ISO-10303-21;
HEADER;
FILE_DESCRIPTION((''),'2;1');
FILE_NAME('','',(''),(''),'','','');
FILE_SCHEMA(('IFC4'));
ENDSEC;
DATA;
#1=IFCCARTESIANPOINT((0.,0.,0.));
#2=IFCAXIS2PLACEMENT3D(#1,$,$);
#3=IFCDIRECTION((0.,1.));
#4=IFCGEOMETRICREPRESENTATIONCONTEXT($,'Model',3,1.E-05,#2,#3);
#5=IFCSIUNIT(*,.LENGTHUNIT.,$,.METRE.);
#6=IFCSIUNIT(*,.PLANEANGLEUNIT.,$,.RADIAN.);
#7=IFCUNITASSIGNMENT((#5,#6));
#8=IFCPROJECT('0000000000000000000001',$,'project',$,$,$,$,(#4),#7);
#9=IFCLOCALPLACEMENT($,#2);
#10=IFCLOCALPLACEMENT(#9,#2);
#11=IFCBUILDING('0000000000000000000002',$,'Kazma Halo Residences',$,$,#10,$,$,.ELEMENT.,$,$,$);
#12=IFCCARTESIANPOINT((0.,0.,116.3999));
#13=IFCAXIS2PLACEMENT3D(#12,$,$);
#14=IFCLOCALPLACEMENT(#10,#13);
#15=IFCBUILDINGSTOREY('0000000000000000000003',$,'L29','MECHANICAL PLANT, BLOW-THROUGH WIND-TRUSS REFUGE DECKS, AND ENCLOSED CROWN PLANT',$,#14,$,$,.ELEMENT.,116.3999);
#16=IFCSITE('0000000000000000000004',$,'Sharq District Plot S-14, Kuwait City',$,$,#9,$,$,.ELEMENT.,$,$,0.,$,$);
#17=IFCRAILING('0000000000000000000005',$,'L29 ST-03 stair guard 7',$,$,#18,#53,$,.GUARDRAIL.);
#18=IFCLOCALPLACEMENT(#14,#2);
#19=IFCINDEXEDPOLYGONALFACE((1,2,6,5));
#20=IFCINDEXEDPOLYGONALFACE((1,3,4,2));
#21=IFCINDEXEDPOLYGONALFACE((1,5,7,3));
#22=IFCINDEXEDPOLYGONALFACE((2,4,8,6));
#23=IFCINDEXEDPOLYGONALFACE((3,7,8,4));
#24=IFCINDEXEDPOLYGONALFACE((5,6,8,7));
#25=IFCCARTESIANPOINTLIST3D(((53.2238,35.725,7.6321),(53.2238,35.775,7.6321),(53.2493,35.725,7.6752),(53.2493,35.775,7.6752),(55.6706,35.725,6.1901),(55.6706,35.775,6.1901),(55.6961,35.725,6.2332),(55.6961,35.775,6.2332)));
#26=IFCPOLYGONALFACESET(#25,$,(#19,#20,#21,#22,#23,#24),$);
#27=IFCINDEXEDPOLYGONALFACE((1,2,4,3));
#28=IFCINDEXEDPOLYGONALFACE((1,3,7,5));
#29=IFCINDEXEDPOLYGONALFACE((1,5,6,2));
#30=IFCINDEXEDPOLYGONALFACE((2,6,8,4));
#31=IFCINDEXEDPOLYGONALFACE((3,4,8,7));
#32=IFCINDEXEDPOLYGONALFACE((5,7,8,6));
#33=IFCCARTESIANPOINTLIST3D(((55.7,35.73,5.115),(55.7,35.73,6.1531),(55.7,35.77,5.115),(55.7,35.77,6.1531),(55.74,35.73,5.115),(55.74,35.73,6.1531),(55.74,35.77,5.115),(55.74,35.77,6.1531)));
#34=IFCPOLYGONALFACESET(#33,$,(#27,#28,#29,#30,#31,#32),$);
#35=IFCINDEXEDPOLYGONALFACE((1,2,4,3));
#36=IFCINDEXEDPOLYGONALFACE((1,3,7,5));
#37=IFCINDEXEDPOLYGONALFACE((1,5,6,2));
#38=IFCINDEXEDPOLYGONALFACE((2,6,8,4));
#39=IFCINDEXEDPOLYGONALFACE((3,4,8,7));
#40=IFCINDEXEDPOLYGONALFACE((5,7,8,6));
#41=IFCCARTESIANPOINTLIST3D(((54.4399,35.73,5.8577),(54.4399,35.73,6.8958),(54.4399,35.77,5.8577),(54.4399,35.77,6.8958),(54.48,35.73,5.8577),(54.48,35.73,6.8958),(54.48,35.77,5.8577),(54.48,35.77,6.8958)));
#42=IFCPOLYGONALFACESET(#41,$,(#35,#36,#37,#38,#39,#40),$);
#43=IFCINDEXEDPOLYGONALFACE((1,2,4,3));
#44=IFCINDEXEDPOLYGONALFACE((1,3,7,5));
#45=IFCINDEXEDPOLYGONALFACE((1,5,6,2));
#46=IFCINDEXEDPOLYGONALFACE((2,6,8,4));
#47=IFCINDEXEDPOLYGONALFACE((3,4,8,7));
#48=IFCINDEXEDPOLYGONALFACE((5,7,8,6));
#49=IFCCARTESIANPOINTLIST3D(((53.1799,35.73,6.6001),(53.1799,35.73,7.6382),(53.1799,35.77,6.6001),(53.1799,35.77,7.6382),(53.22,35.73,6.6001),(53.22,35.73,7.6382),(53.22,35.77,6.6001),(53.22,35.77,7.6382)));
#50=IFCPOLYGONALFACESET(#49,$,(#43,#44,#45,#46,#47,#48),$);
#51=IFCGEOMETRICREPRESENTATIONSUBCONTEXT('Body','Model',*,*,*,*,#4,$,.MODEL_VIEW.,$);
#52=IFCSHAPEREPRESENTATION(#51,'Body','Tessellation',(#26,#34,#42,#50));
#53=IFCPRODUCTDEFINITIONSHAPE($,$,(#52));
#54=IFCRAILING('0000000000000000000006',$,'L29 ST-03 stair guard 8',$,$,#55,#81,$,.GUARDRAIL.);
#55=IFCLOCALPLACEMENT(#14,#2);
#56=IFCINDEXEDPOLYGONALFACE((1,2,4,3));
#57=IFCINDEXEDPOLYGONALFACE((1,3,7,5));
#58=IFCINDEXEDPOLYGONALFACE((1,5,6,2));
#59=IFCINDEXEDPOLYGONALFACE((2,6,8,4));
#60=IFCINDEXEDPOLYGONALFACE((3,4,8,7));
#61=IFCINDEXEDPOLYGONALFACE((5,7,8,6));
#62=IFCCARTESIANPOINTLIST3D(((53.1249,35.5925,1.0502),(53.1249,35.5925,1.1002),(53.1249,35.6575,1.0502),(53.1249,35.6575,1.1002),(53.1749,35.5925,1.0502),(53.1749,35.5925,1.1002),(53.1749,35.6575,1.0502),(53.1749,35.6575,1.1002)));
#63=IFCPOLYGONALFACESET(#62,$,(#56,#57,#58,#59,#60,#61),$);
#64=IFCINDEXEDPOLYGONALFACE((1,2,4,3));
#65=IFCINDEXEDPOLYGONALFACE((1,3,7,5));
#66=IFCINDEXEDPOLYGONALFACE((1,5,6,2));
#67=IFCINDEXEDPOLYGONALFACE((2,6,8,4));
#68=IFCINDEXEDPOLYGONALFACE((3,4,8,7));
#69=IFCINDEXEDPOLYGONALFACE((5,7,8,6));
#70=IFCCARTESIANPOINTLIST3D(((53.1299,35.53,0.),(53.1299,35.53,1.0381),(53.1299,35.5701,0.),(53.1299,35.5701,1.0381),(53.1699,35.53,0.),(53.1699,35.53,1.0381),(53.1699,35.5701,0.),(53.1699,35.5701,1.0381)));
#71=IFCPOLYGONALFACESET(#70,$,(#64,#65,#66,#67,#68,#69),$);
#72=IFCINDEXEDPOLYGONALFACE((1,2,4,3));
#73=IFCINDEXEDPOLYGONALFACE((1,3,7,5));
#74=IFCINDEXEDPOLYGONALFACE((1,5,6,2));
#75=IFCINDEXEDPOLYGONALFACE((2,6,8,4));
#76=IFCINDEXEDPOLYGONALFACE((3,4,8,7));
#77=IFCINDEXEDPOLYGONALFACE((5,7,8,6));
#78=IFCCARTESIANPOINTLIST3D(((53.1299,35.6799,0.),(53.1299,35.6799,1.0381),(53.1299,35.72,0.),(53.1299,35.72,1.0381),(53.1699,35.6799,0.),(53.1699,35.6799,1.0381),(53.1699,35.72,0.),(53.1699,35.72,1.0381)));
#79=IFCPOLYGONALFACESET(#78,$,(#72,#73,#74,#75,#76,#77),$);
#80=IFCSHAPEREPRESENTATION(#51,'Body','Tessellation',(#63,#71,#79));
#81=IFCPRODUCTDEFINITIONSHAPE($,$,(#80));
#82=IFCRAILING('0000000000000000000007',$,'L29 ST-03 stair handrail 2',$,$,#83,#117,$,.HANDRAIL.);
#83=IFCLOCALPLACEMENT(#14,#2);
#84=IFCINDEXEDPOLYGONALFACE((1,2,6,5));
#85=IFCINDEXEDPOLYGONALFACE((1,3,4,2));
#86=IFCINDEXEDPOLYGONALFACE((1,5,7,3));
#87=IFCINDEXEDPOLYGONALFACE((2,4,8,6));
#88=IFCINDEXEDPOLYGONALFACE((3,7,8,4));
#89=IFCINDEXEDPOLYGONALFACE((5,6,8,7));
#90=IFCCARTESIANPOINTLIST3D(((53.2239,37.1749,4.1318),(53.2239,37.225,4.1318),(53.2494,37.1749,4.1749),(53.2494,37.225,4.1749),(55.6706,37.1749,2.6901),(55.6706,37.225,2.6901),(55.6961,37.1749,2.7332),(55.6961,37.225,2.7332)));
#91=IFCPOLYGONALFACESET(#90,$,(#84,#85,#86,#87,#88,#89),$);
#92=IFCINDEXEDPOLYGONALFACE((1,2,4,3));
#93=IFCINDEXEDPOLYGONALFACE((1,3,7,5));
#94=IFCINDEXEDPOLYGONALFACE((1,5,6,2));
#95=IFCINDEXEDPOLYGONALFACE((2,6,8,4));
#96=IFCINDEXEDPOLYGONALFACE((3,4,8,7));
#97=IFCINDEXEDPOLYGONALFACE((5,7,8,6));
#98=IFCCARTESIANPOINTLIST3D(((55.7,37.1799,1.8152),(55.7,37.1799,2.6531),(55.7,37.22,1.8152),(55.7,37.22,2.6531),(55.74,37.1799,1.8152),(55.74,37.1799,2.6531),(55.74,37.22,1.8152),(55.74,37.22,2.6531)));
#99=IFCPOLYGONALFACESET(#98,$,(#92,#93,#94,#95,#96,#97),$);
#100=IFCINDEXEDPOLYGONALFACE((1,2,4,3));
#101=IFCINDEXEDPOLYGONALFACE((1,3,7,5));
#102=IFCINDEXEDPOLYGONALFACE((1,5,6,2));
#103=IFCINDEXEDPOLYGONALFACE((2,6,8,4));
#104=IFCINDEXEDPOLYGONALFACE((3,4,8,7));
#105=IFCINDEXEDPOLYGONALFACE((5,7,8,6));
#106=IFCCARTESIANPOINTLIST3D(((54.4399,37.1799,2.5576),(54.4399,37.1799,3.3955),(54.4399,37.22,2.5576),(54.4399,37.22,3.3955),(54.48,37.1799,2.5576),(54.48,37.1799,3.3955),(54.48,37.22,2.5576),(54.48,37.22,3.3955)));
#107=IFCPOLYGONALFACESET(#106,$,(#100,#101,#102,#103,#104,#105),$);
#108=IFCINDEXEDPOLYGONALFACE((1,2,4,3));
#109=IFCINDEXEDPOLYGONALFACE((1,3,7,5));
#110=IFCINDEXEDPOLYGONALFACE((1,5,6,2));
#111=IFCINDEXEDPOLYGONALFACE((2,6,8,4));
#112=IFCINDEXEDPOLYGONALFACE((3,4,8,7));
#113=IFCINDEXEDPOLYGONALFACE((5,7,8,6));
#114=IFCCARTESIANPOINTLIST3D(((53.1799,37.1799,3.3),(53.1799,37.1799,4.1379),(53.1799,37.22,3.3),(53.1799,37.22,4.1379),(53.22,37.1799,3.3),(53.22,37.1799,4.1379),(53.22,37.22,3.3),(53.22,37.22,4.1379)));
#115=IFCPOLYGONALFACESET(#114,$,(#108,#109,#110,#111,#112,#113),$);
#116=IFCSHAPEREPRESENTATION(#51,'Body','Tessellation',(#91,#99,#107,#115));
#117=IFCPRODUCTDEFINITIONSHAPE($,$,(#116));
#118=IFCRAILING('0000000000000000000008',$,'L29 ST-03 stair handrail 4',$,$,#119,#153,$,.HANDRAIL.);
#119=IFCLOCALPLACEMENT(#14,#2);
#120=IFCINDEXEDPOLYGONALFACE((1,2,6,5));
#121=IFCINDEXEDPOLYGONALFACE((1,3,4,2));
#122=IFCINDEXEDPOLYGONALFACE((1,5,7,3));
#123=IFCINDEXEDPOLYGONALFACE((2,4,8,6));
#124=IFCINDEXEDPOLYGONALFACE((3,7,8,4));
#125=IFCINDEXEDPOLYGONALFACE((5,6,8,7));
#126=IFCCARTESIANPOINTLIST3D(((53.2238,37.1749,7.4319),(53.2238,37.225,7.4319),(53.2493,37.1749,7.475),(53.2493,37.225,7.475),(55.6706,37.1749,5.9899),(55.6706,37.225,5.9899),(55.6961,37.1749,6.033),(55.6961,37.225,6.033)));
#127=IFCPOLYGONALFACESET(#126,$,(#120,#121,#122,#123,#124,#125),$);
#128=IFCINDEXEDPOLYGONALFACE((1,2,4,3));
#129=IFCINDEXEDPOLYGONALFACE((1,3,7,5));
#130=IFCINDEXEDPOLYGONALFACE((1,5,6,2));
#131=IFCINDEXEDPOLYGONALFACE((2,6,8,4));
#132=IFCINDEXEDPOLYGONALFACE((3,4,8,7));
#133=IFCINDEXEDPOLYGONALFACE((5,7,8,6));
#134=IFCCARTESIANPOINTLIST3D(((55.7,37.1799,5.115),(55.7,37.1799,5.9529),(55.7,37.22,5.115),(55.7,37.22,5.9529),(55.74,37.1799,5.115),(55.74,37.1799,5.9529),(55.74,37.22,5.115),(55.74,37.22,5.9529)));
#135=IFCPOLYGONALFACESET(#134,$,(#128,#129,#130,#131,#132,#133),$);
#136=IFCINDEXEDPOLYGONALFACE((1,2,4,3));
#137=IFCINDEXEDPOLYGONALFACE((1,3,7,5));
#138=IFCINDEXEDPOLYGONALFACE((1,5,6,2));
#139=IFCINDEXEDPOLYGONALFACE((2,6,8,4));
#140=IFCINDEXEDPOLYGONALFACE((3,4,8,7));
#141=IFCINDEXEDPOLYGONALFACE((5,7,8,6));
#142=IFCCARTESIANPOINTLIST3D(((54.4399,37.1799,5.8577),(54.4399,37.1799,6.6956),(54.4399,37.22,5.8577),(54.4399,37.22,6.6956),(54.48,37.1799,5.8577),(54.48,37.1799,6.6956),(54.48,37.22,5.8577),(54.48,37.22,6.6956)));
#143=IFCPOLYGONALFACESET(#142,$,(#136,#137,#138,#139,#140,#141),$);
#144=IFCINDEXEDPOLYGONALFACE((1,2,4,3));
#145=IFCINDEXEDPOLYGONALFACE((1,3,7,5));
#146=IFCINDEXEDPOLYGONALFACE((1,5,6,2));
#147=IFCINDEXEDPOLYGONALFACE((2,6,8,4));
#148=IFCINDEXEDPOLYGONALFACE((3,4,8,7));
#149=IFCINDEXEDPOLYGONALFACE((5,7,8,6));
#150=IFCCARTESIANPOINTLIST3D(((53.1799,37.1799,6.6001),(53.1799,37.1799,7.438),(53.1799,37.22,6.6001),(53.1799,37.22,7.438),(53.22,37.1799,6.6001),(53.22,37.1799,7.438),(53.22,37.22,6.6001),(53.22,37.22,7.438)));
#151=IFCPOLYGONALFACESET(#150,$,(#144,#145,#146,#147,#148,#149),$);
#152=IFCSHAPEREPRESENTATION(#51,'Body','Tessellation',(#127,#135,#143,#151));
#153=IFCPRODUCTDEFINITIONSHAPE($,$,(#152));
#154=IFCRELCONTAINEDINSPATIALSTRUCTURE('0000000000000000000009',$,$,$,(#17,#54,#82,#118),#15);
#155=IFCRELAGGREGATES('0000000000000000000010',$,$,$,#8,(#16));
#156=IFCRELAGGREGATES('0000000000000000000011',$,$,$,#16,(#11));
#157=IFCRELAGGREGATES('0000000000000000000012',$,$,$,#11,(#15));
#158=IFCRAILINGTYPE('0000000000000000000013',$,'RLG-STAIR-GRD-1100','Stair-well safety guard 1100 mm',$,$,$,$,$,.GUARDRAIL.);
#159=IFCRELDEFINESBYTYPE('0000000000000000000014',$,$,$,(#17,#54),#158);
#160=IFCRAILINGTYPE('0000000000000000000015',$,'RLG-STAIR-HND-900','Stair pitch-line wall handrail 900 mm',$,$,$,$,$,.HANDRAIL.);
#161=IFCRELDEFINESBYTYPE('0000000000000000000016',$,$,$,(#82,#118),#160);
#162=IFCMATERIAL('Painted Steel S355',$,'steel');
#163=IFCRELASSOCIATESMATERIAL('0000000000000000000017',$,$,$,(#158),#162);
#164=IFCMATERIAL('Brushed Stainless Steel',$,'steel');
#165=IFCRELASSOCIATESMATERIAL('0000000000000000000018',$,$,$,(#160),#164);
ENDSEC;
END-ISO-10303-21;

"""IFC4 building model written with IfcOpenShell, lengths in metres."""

from ifc_helpers import new_model, si_unit, direction, frame, origin, origin_2d, place, context, subcontext, project, spatial, rectangle, extrude, material, type_object, element, save


model = new_model("IFC4")

# Units and contexts
model_context = context("Model", 3, precision=1e-05, world=origin(), true_north=direction((0.0, 1.0)))
body_context = subcontext(model_context, "Body", "Model", "MODEL_VIEW")
ifc_project = project(units=[si_unit("LENGTHUNIT", "METRE"), si_unit("PLANEANGLEUNIT", "RADIAN")], contexts=[model_context])

# Site, building, storey
site_placement = place(None, origin())
site = spatial("IfcSite", under=ifc_project, at=site_placement, Name="Sharq District Plot S-14, Kuwait City", CompositionType="ELEMENT", RefElevation=0.0)
building_placement = place(site_placement, origin())
building = spatial("IfcBuilding", under=site, at=building_placement, Name="Kazma Halo Residences", CompositionType="ELEMENT")
storey_placement = place(building_placement, frame((0.0, 0.0, 116.3999)))
storey = spatial("IfcBuildingStorey", under=building, at=storey_placement, Name="L29", Description="MECHANICAL PLANT, BLOW-THROUGH WIND-TRUSS REFUGE DECKS, AND ENCLOSED CROWN PLANT", CompositionType="ELEMENT", Elevation=116.3999)

# Railings
ifc_material_1 = material(Name="Painted Steel S355", Category="steel")
railing_type_1 = type_object("IfcRailingType", Name="RLG-STAIR-GRD-1100", Description="Stair-well safety guard 1100 mm", PredefinedType="GUARDRAIL", material=ifc_material_1)
railing_1_placement = place(storey_placement, frame((55.72, 35.75, 5.115)))
element("IfcRailing", 1, at=railing_1_placement, inside=storey, type_object=railing_type_1, Name="L29 ST-03 stair guard 7", PredefinedType="GUARDRAIL", context=body_context, shape_type="SweptSolid", body=[
    extrude(rectangle(XDim=0.05, YDim=0.05, at=origin_2d()), frame((-0.0366, 0.0, 1.0967), z_axis=(-0.861524, 0.0, 0.507717), x_axis=(0.0, -1.0, 0.0)), (0.0, 0.0, 1.0), 2.8401),
    extrude(rectangle(XDim=0.04, YDim=0.04, at=origin_2d()), origin(), (0.0, 0.0, 1.0), 1.0381),
    extrude(rectangle(XDim=0.04, YDim=0.04, at=origin_2d()), frame((-1.26, 0.0, 0.7427)), (0.0, 0.0, 1.0), 1.0381),
    extrude(rectangle(XDim=0.04, YDim=0.04, at=origin_2d()), frame((-2.52, 0.0, 1.4851)), (0.0, 0.0, 1.0), 1.0381),
])
railing_2_placement = place(storey_placement, frame((53.1499, 35.55, 0.0)))
element("IfcRailing", 2, at=railing_2_placement, inside=storey, type_object=railing_type_1, Name="L29 ST-03 stair guard 8", PredefinedType="GUARDRAIL", context=body_context, shape_type="SweptSolid", body=[
    extrude(rectangle(XDim=0.05, YDim=0.05, at=origin_2d()), frame((0.0, 0.0425, 1.0752), z_axis=(0.0, 1.0, 0.0), x_axis=(-1.0, 0.0, 0.0)), (0.0, 0.0, 1.0), 0.0649),
    extrude(rectangle(XDim=0.04, YDim=0.04, at=origin_2d()), origin(), (0.0, 0.0, 1.0), 1.0381),
    extrude(rectangle(XDim=0.04, YDim=0.04, at=origin_2d()), frame((0.0, 0.1499, 0.0)), (0.0, 0.0, 1.0), 1.0381),
])
ifc_material_2 = material(Name="Brushed Stainless Steel", Category="steel")
railing_type_2 = type_object("IfcRailingType", Name="RLG-STAIR-HND-900", Description="Stair pitch-line wall handrail 900 mm", PredefinedType="HANDRAIL", material=ifc_material_2)
railing_3_placement = place(storey_placement, frame((55.72, 37.2, 1.8152)))
element("IfcRailing", 3, at=railing_3_placement, inside=storey, type_object=railing_type_2, Name="L29 ST-03 stair handrail 2", PredefinedType="HANDRAIL", context=body_context, shape_type="SweptSolid", body=[
    extrude(rectangle(XDim=0.05, YDim=0.05, at=origin_2d()), frame((-0.0366, 0.0, 0.8965), z_axis=(-0.861561, 0.0, 0.507655), x_axis=(0.0, -1.0, 0.0)), (0.0, 0.0, 1.0), 2.8398),
    extrude(rectangle(XDim=0.04, YDim=0.04, at=origin_2d()), origin(), (0.0, 0.0, 1.0), 0.8379),
    extrude(rectangle(XDim=0.04, YDim=0.04, at=origin_2d()), frame((-1.26, 0.0, 0.7424)), (0.0, 0.0, 1.0), 0.8379),
    extrude(rectangle(XDim=0.04, YDim=0.04, at=origin_2d()), frame((-2.52, 0.0, 1.4849)), (0.0, 0.0, 1.0), 0.8379),
])
railing_4_placement = place(storey_placement, frame((55.72, 37.2, 5.115)))
element("IfcRailing", 4, at=railing_4_placement, inside=storey, type_object=railing_type_2, Name="L29 ST-03 stair handrail 4", PredefinedType="HANDRAIL", context=body_context, shape_type="SweptSolid", body=[
    extrude(rectangle(XDim=0.05, YDim=0.05, at=origin_2d()), frame((-0.0366, 0.0, 0.8965), z_axis=(-0.861524, 0.0, 0.507717), x_axis=(0.0, -1.0, 0.0)), (0.0, 0.0, 1.0), 2.8401),
    extrude(rectangle(XDim=0.04, YDim=0.04, at=origin_2d()), origin(), (0.0, 0.0, 1.0), 0.8379),
    extrude(rectangle(XDim=0.04, YDim=0.04, at=origin_2d()), frame((-1.26, 0.0, 0.7427)), (0.0, 0.0, 1.0), 0.8379),
    extrude(rectangle(XDim=0.04, YDim=0.04, at=origin_2d()), frame((-2.52, 0.0, 1.4851)), (0.0, 0.0, 1.0), 0.8379),
])

save(model, "model.ifc")
